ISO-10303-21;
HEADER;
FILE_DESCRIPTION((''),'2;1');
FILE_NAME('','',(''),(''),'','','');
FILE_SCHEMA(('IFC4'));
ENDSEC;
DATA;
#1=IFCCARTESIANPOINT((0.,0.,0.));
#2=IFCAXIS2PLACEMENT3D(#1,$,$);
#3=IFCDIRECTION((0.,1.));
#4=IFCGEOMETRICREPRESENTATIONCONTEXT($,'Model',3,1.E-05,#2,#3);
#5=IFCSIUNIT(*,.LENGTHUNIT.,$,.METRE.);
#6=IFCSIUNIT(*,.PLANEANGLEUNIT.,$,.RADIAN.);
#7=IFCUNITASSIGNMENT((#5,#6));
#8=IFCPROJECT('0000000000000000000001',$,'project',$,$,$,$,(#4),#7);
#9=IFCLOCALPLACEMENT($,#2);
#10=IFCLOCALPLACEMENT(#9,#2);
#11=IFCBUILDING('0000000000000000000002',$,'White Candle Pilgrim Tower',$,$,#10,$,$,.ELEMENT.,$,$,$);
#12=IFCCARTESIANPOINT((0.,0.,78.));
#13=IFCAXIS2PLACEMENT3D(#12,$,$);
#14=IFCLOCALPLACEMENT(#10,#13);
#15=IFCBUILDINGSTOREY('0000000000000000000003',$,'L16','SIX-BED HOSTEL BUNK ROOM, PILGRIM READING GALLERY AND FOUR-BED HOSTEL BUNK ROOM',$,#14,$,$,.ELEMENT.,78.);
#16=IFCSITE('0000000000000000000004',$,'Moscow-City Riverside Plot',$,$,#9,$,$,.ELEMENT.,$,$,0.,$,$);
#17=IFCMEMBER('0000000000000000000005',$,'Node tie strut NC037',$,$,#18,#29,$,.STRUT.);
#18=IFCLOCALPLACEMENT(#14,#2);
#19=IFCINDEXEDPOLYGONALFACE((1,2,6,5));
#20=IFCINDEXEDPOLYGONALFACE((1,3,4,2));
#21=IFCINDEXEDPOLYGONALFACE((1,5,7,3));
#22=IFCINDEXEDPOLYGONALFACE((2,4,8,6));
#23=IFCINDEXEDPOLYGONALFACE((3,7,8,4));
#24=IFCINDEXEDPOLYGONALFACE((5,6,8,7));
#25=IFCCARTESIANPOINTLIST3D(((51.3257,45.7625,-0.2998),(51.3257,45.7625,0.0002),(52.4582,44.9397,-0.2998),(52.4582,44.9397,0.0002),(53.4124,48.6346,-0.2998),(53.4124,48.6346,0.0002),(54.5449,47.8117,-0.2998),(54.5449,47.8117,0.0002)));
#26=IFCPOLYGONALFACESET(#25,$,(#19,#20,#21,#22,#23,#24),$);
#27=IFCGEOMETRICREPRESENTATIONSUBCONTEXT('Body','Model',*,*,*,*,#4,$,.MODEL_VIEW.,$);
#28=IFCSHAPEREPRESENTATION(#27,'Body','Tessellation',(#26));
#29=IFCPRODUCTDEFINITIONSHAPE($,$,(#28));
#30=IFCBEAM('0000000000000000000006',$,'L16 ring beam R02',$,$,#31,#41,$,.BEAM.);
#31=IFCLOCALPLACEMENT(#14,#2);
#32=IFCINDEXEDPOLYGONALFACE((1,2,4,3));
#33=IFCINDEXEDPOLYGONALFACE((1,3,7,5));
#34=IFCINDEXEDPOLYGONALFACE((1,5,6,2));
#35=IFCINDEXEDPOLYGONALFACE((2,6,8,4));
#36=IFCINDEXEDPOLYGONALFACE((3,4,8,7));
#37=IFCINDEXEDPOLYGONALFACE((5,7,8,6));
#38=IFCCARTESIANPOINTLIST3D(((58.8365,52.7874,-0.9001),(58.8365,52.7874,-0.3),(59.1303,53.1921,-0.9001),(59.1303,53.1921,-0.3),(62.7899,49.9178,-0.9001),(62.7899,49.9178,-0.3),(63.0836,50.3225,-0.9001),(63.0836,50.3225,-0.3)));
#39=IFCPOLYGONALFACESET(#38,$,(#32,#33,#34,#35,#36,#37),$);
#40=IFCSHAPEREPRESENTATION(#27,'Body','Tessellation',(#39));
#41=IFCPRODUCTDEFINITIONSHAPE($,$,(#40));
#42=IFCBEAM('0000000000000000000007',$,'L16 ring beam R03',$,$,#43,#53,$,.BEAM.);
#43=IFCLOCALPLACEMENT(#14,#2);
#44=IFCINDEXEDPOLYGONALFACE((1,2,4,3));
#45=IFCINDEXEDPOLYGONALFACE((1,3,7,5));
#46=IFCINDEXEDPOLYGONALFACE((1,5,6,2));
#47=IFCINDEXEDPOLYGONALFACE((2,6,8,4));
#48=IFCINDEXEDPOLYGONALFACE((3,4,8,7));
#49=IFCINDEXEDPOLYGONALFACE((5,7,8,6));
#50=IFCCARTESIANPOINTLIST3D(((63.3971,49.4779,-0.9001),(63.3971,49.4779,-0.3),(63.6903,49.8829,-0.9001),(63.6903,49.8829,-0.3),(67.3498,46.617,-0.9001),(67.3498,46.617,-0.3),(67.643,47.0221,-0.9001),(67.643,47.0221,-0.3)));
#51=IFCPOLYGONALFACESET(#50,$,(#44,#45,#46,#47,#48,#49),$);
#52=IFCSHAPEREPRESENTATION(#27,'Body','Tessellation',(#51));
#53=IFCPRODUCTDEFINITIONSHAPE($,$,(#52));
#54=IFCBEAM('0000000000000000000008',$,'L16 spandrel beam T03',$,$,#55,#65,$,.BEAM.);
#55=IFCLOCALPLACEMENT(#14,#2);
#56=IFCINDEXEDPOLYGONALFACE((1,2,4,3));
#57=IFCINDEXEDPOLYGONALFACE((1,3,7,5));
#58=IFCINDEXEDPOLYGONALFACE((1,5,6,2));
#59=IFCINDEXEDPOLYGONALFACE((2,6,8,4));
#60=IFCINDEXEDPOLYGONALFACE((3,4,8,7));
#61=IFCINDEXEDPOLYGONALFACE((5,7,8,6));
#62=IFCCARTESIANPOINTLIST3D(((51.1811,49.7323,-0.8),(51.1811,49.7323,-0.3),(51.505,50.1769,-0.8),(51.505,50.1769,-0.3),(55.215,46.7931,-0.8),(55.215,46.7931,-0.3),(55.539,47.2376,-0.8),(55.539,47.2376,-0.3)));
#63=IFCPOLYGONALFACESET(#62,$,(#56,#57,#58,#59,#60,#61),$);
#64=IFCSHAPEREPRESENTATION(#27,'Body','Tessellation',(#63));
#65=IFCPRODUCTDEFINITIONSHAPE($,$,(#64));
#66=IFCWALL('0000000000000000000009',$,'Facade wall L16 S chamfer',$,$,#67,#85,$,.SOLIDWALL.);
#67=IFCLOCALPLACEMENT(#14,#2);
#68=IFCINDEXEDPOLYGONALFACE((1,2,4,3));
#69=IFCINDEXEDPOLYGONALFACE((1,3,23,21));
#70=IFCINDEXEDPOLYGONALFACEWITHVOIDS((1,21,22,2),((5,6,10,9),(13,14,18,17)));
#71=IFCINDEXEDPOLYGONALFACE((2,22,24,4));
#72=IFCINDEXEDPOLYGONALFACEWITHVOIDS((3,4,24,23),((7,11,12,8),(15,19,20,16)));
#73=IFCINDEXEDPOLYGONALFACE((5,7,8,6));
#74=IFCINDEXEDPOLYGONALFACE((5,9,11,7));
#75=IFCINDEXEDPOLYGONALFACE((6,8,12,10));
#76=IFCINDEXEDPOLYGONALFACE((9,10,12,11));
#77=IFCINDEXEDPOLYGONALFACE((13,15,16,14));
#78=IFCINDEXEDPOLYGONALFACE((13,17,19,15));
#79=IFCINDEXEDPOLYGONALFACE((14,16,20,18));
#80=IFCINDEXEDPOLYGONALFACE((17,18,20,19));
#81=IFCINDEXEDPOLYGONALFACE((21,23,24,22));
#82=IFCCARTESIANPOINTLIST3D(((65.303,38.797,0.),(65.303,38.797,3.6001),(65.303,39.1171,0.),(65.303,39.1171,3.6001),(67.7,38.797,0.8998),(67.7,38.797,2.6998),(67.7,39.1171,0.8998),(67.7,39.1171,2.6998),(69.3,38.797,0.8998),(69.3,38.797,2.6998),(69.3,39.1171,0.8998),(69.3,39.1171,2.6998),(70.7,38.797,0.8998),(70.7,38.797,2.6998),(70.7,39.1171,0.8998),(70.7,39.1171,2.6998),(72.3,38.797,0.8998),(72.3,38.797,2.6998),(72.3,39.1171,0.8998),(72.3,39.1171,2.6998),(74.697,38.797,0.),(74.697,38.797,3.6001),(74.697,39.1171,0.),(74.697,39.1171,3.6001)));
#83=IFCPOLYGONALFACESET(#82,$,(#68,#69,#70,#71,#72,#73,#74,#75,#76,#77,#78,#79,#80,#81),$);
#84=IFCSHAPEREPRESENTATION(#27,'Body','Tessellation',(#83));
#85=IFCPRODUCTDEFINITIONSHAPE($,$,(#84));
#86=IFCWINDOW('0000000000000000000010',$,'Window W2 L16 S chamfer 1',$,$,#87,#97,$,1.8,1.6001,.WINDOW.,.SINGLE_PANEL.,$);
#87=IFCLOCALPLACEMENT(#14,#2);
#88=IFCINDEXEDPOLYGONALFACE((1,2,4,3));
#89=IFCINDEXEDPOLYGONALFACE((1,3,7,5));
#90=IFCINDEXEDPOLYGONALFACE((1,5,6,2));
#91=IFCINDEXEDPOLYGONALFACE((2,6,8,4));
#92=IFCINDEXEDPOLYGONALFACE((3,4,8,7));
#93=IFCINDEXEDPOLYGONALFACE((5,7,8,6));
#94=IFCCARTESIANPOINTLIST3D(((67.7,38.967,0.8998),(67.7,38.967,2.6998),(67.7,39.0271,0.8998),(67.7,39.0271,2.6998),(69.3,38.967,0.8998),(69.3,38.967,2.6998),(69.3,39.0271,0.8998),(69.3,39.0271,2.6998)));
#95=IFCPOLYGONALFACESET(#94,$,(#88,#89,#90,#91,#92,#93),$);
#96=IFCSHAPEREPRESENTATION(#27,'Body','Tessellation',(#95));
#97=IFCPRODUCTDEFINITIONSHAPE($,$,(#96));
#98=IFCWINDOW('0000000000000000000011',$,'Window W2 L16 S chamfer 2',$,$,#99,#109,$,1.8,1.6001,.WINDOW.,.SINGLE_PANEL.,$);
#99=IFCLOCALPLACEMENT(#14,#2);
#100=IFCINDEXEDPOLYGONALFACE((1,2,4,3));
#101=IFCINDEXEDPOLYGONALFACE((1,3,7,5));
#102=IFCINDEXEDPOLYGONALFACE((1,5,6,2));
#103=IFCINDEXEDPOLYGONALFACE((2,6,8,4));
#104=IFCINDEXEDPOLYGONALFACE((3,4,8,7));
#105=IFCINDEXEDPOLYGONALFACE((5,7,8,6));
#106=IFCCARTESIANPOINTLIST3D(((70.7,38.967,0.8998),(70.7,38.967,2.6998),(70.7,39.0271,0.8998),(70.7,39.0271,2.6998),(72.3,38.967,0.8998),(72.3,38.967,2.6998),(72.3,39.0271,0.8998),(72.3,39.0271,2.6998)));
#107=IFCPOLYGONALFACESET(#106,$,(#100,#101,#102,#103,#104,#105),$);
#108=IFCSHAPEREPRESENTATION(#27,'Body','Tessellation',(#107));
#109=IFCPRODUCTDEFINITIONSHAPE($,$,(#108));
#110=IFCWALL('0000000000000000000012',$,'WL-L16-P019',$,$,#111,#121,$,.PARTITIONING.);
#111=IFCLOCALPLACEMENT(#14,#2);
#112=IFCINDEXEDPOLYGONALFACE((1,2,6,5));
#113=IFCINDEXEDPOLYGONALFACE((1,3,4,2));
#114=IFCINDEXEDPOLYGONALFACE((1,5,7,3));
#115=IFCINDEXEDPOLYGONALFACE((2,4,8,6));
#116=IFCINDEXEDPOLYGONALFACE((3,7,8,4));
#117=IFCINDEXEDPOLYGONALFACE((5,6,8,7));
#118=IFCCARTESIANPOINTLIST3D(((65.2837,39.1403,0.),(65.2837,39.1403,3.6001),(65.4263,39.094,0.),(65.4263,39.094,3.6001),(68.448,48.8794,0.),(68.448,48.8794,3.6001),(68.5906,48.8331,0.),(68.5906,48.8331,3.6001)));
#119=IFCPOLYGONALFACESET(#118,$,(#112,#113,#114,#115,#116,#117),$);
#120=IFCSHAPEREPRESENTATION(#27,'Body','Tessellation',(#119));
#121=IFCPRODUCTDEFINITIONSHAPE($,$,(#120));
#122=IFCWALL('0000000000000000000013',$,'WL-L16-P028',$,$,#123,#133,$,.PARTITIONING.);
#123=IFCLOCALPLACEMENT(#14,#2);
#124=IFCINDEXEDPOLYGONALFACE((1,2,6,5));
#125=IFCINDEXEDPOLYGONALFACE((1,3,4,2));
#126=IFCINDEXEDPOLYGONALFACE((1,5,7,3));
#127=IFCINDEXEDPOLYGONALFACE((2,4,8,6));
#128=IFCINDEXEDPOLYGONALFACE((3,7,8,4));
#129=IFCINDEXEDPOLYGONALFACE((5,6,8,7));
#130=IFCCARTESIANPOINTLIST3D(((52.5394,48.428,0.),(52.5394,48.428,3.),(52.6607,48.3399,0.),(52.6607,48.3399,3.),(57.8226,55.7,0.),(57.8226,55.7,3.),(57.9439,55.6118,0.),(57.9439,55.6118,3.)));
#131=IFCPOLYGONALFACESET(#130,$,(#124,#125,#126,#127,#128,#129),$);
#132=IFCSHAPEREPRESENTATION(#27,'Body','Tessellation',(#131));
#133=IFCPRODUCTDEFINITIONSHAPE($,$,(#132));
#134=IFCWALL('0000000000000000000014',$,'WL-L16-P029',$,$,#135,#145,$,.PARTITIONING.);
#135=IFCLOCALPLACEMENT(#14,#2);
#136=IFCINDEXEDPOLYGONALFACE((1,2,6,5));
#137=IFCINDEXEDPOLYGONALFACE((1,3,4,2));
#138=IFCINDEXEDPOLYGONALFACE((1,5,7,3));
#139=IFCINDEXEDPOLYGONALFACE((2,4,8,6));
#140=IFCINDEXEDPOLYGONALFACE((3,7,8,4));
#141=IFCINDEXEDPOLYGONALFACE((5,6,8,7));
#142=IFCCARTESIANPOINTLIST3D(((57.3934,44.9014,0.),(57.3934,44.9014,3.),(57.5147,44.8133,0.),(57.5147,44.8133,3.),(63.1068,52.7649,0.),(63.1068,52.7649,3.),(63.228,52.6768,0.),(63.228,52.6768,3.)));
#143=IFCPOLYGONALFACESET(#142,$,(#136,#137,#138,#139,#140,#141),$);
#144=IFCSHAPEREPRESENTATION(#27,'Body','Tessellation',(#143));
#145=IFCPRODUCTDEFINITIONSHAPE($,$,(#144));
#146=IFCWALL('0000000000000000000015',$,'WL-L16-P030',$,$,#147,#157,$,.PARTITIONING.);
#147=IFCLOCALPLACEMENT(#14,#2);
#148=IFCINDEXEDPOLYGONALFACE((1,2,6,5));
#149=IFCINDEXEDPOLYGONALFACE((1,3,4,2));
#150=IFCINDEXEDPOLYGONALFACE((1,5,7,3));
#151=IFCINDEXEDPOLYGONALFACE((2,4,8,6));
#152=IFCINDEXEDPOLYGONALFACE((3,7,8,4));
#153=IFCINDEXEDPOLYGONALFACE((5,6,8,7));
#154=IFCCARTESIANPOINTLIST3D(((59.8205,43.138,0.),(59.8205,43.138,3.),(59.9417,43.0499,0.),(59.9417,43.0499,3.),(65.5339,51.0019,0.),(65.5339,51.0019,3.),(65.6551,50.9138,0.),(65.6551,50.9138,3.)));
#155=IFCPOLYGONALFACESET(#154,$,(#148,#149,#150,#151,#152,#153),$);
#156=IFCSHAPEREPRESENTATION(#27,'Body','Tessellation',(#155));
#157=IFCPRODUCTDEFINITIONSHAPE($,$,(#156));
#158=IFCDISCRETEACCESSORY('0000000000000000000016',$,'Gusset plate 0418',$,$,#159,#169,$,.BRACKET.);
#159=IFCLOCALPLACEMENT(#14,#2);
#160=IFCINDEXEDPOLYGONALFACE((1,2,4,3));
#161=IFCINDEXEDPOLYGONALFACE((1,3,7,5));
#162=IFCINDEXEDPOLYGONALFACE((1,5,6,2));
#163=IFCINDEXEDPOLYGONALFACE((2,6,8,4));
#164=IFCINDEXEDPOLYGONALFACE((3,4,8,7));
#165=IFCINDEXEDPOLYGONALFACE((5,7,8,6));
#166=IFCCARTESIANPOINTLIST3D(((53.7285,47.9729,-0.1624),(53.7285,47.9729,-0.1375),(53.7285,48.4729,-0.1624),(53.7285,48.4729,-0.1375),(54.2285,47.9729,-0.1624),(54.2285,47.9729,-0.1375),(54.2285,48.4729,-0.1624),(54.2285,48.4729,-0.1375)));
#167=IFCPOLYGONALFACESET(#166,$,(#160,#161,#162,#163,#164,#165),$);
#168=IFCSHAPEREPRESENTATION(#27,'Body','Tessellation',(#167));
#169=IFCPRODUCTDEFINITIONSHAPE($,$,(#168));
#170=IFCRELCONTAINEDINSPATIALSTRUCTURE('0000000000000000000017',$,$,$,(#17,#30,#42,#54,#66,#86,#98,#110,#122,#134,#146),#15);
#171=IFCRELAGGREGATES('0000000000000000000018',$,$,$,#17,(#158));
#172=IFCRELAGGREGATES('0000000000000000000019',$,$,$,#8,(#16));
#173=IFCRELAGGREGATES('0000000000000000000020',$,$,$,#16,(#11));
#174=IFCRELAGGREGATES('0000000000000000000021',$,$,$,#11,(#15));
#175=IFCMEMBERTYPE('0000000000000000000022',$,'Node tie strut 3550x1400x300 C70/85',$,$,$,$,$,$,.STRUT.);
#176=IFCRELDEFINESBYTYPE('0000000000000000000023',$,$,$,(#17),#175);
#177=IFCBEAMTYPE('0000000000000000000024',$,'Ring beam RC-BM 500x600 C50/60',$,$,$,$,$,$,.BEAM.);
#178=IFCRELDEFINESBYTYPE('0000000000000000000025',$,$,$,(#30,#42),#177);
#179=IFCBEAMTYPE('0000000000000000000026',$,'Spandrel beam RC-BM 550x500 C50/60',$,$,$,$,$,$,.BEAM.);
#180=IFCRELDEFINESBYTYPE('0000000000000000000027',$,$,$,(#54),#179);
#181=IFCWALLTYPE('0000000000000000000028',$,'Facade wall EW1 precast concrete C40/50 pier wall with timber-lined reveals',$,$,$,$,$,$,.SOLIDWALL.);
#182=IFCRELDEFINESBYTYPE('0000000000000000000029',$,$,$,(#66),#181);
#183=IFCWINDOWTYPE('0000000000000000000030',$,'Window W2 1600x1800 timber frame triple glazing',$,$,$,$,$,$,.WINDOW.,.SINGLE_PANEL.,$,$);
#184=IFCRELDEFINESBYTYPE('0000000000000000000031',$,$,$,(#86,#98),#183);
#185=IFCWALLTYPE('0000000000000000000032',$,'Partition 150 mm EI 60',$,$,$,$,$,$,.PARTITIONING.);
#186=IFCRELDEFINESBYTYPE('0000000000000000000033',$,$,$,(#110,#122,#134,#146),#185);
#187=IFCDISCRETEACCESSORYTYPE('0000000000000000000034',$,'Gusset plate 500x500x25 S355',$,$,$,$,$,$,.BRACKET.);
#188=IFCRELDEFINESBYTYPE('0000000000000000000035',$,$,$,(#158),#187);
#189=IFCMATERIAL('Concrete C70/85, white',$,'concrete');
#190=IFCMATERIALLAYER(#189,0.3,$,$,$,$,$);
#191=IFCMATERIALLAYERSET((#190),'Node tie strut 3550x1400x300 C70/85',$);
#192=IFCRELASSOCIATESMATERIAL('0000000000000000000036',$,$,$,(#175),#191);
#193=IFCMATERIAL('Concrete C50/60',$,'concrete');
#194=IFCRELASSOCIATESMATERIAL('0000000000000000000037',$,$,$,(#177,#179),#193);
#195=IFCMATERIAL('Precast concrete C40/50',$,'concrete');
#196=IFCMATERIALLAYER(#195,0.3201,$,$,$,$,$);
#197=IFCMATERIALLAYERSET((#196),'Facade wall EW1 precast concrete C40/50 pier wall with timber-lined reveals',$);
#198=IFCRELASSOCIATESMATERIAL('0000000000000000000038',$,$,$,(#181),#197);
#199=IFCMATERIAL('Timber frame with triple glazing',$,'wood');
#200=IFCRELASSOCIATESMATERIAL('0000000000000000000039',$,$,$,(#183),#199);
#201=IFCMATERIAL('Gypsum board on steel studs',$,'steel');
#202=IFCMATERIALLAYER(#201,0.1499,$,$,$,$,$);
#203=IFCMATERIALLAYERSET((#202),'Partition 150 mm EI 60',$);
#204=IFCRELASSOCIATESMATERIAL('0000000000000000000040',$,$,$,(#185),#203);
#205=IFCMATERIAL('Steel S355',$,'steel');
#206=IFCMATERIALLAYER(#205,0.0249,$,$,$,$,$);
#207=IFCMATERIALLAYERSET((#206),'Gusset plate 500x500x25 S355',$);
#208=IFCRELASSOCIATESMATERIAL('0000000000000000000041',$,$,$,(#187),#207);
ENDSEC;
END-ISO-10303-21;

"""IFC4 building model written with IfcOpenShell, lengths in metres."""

from ifc_helpers import new_model, si_unit, direction, frame, frame_2d, origin, origin_2d, place, context, subcontext, project, spatial, rectangle, extrude, material, layer, layer_set, material_profile, profile_set, type_object, element, fill, aggregate, save


model = new_model("IFC4")

# Units and contexts
model_context = context("Model", 3, precision=1e-05, world=origin(), true_north=direction((0.0, 1.0)))
body_context = subcontext(model_context, "Body", "Model", "MODEL_VIEW")
ifc_project = project(units=[si_unit("LENGTHUNIT", "METRE"), si_unit("PLANEANGLEUNIT", "RADIAN")], contexts=[model_context])

# Site, building, storey
site_placement = place(None, origin())
site = spatial("IfcSite", under=ifc_project, at=site_placement, Name="Moscow-City Riverside Plot", CompositionType="ELEMENT", RefElevation=0.0)
building_placement = place(site_placement, origin())
building = spatial("IfcBuilding", under=site, at=building_placement, Name="White Candle Pilgrim Tower", CompositionType="ELEMENT")
storey_placement = place(building_placement, frame((0.0, 0.0, 78.0)))
storey = spatial("IfcBuildingStorey", under=building, at=storey_placement, Name="L16", Description="SIX-BED HOSTEL BUNK ROOM, PILGRIM READING GALLERY AND FOUR-BED HOSTEL BUNK ROOM", CompositionType="ELEMENT", Elevation=78.0)

# Member
ifc_material_1 = material(Name="Concrete C70/85, white", Category="concrete")
ifc_layer_1 = layer(ifc_material_1, 0.3)
ifc_layer_set_1 = layer_set([ifc_layer_1], Name="Node tie strut 3550x1400x300 C70/85")
member_type_1 = type_object("IfcMemberType", Name="Node tie strut 3550x1400x300 C70/85", PredefinedType="STRUT", material=ifc_layer_set_1)
member_1_placement = place(storey_placement, frame((52.9353, 46.7871, -0.2998), z_axis=(0.0, 0.0, 1.0), x_axis=(0.809017, -0.587785, 0.0)))
member_1 = element("IfcMember", 1, at=member_1_placement, inside=storey, type_object=member_type_1, Name="Node tie strut NC037", PredefinedType="STRUT", context=body_context, shape_type="SweptSolid", body=[
    extrude(rectangle(XDim=1.3999, YDim=3.55, at=origin_2d()), origin(), (0.0, 0.0, 1.0), 0.3),
])

# Beams
ifc_material_2 = material(Name="Concrete C50/60", Category="concrete")
ifc_material_profile_1 = material_profile(ifc_material_2, rectangle(XDim=0.5, YDim=0.6001, at=origin_2d()), Name="RC-BM 500x600")
ifc_profile_set_1 = profile_set([ifc_material_profile_1], Name="Concrete C50/60")
beam_type_1 = type_object("IfcBeamType", Name="Ring beam RC-BM 500x600 C50/60", PredefinedType="BEAM", material=ifc_profile_set_1)
beam_1_placement = place(storey_placement, frame((58.9834, 52.9897, -0.6001), z_axis=(0.809276, -0.587429, 0.0), x_axis=(0.587429, 0.809276, 0.0)))
element("IfcBeam", 2, at=beam_1_placement, inside=storey, type_object=beam_type_1, Name="L16 ring beam R02", PredefinedType="BEAM", context=body_context, shape_type="SweptSolid", body=[
    extrude(rectangle(XDim=0.5, YDim=0.6001, at=origin_2d()), origin(), (0.0, 0.0, 1.0), 4.885),
])
beam_2_placement = place(storey_placement, frame((63.5437, 49.6804, -0.6001), z_axis=(0.81008, -0.58632, 0.0), x_axis=(0.58632, 0.81008, 0.0)))
element("IfcBeam", 3, at=beam_2_placement, inside=storey, type_object=beam_type_1, Name="L16 ring beam R03", PredefinedType="BEAM", context=body_context, shape_type="SweptSolid", body=[
    extrude(rectangle(XDim=0.5, YDim=0.6001, at=origin_2d()), origin(), (0.0, 0.0, 1.0), 4.8794),
])
ifc_material_profile_2 = material_profile(ifc_material_2, rectangle(XDim=0.55, YDim=0.5, at=origin_2d()), Name="RC-BM 550x500")
ifc_profile_set_2 = profile_set([ifc_material_profile_2], Name="Concrete C50/60")
beam_type_2 = type_object("IfcBeamType", Name="Spandrel beam RC-BM 550x500 C50/60", PredefinedType="BEAM", material=ifc_profile_set_2)
beam_3_placement = place(storey_placement, frame((51.343, 49.9546, -0.55), z_axis=(0.808218, -0.588884, 0.0), x_axis=(0.588884, 0.808218, 0.0)))
element("IfcBeam", 4, at=beam_3_placement, inside=storey, type_object=beam_type_2, Name="L16 spandrel beam T03", PredefinedType="BEAM", context=body_context, shape_type="SweptSolid", body=[
    extrude(rectangle(XDim=0.55, YDim=0.5, at=origin_2d()), origin(), (0.0, 0.0, 1.0), 4.9912),
])

# Wall, openings, windows
ifc_material_3 = material(Name="Precast concrete C40/50", Category="concrete")
ifc_layer_2 = layer(ifc_material_3, 0.3201)
ifc_layer_set_2 = layer_set([ifc_layer_2], Name="Facade wall EW1 precast concrete C40/50 pier wall with timber-lined reveals")
wall_type_1 = type_object("IfcWallType", Name="Facade wall EW1 precast concrete C40/50 pier wall with timber-lined reveals", PredefinedType="SOLIDWALL", material=ifc_layer_set_2)
wall_1_placement = place(storey_placement, frame((65.303, 38.957, 0.0), z_axis=(0.0, 0.0, 1.0), x_axis=(1.0, 0.0, 0.0)))
wall_1 = element("IfcWall", 5, at=wall_1_placement, inside=storey, type_object=wall_type_1, Name="Facade wall L16 S chamfer", PredefinedType="SOLIDWALL", context=body_context, shape_type="SweptSolid", body=[
    extrude(rectangle(XDim=9.394, YDim=0.3201, at=frame_2d((4.697, 0.0))), origin(), (0.0, 0.0, 1.0), 3.6001),
])
opening_1_placement = place(wall_1_placement, frame((2.397, 0.0, 0.8999)))
opening_1 = element("IfcOpeningElement", 6, at=opening_1_placement, cuts=wall_1, PredefinedType="OPENING", context=body_context, shape_type="SweptSolid", body=[
    extrude(rectangle(XDim=1.6001, YDim=1.8, at=frame_2d((0.8, 0.8999))), frame((0.0, 0.1699, 0.0), z_axis=(0.0, -1.0, 0.0), x_axis=(1.0, 0.0, 0.0)), (0.0, 0.0, 1.0), 0.3401),
])
opening_2_placement = place(wall_1_placement, frame((5.397, 0.0, 0.8999)))
opening_2 = element("IfcOpeningElement", 7, at=opening_2_placement, cuts=wall_1, PredefinedType="OPENING", context=body_context, shape_type="SweptSolid", body=[
    extrude(rectangle(XDim=1.6001, YDim=1.8, at=frame_2d((0.8, 0.8999))), frame((0.0, 0.1699, 0.0), z_axis=(0.0, -1.0, 0.0), x_axis=(1.0, 0.0, 0.0)), (0.0, 0.0, 1.0), 0.3401),
])
ifc_material_4 = material(Name="Timber frame with triple glazing", Category="wood")
window_type = type_object("IfcWindowType", Name="Window W2 1600x1800 timber frame triple glazing", PartitioningType="SINGLE_PANEL", PredefinedType="WINDOW", material=ifc_material_4)
window_1_placement = place(opening_1_placement, origin())
window_1 = element("IfcWindow", 8, at=window_1_placement, inside=storey, type_object=window_type, Name="Window W2 L16 S chamfer 1", OverallHeight=1.8, OverallWidth=1.6001, PartitioningType="SINGLE_PANEL", PredefinedType="WINDOW", context=body_context, shape_type="SweptSolid", body=[
    extrude(rectangle(XDim=1.6001, YDim=1.8, at=frame_2d((0.8, 0.8999))), frame((0.0, 0.0701, 0.0), z_axis=(0.0, -1.0, 0.0), x_axis=(1.0, 0.0, 0.0)), (0.0, 0.0, 1.0), 0.0601),
])
fill(opening_1, window_1)
window_2_placement = place(opening_2_placement, origin())
window_2 = element("IfcWindow", 9, at=window_2_placement, inside=storey, type_object=window_type, Name="Window W2 L16 S chamfer 2", OverallHeight=1.8, OverallWidth=1.6001, PartitioningType="SINGLE_PANEL", PredefinedType="WINDOW", context=body_context, shape_type="SweptSolid", body=[
    extrude(rectangle(XDim=1.6001, YDim=1.8, at=frame_2d((0.8, 0.8999))), frame((0.0, 0.0701, 0.0), z_axis=(0.0, -1.0, 0.0), x_axis=(1.0, 0.0, 0.0)), (0.0, 0.0, 1.0), 0.0601),
])
fill(opening_2, window_2)

# Walls
ifc_material_5 = material(Name="Gypsum board on steel studs", Category="steel")
ifc_layer_3 = layer(ifc_material_5, 0.1499)
ifc_layer_set_3 = layer_set([ifc_layer_3], Name="Partition 150 mm EI 60")
wall_type_2 = type_object("IfcWallType", Name="Partition 150 mm EI 60", PredefinedType="PARTITIONING", material=ifc_layer_set_3)
wall_2_placement = place(storey_placement, frame((65.355, 39.1172, 0.0), z_axis=(0.0, 0.0, 1.0), x_axis=(0.309009, 0.951059, 0.0)))
element("IfcWall", 10, at=wall_2_placement, inside=storey, type_object=wall_type_2, Name="WL-L16-P019", PredefinedType="PARTITIONING", context=body_context, shape_type="SweptSolid", body=[
    extrude(rectangle(XDim=10.2402, YDim=0.1499, at=frame_2d((5.1201, 0.0))), origin(), (0.0, 0.0, 1.0), 3.6001),
])
wall_3_placement = place(storey_placement, frame((52.6001, 48.384, 0.0), z_axis=(0.0, 0.0, 1.0), x_axis=(0.587771, 0.809027, 0.0)))
element("IfcWall", 11, at=wall_3_placement, inside=storey, type_object=wall_type_2, Name="WL-L16-P028", PredefinedType="PARTITIONING", context=body_context, shape_type="SweptSolid", body=[
    extrude(rectangle(XDim=8.9885, YDim=0.1499, at=frame_2d((4.4941, 0.0))), origin(), (0.0, 0.0, 1.0), 3.0),
])
wall_4_placement = place(storey_placement, frame((57.4541, 44.8574, 0.0), z_axis=(0.0, 0.0, 1.0), x_axis=(0.587798, 0.809008, 0.0)))
element("IfcWall", 12, at=wall_4_placement, inside=storey, type_object=wall_type_2, Name="WL-L16-P029", PredefinedType="PARTITIONING", context=body_context, shape_type="SweptSolid", body=[
    extrude(rectangle(XDim=9.72, YDim=0.1499, at=frame_2d((4.8599, 0.0))), origin(), (0.0, 0.0, 1.0), 3.0),
])
wall_5_placement = place(storey_placement, frame((59.8811, 43.094, 0.0), z_axis=(0.0, 0.0, 1.0), x_axis=(0.587786, 0.809016, 0.0)))
element("IfcWall", 13, at=wall_5_placement, inside=storey, type_object=wall_type_2, Name="WL-L16-P030", PredefinedType="PARTITIONING", context=body_context, shape_type="SweptSolid", body=[
    extrude(rectangle(XDim=9.7202, YDim=0.1499, at=frame_2d((4.8601, 0.0))), origin(), (0.0, 0.0, 1.0), 3.0),
])

# Discrete accessory
ifc_material_6 = material(Name="Steel S355", Category="steel")
ifc_layer_4 = layer(ifc_material_6, 0.0249)
ifc_layer_set_4 = layer_set([ifc_layer_4], Name="Gusset plate 500x500x25 S355")
discrete_accessory_type = type_object("IfcDiscreteAccessoryType", Name="Gusset plate 500x500x25 S355", PredefinedType="BRACKET", material=ifc_layer_set_4)
discrete_accessory_1_placement = place(storey_placement, frame((53.9785, 48.2229, -0.1624), z_axis=(0.0, 0.0, 1.0), x_axis=(1.0, 0.0, 0.0)))
discrete_accessory_1 = element("IfcDiscreteAccessory", 14, at=discrete_accessory_1_placement, type_object=discrete_accessory_type, Name="Gusset plate 0418", PredefinedType="BRACKET", context=body_context, shape_type="SweptSolid", body=[
    extrude(rectangle(XDim=0.5, YDim=0.5, at=origin_2d()), origin(), (0.0, 0.0, 1.0), 0.0249),
])
aggregate(member_1, [discrete_accessory_1])

save(model, "model.ifc")
